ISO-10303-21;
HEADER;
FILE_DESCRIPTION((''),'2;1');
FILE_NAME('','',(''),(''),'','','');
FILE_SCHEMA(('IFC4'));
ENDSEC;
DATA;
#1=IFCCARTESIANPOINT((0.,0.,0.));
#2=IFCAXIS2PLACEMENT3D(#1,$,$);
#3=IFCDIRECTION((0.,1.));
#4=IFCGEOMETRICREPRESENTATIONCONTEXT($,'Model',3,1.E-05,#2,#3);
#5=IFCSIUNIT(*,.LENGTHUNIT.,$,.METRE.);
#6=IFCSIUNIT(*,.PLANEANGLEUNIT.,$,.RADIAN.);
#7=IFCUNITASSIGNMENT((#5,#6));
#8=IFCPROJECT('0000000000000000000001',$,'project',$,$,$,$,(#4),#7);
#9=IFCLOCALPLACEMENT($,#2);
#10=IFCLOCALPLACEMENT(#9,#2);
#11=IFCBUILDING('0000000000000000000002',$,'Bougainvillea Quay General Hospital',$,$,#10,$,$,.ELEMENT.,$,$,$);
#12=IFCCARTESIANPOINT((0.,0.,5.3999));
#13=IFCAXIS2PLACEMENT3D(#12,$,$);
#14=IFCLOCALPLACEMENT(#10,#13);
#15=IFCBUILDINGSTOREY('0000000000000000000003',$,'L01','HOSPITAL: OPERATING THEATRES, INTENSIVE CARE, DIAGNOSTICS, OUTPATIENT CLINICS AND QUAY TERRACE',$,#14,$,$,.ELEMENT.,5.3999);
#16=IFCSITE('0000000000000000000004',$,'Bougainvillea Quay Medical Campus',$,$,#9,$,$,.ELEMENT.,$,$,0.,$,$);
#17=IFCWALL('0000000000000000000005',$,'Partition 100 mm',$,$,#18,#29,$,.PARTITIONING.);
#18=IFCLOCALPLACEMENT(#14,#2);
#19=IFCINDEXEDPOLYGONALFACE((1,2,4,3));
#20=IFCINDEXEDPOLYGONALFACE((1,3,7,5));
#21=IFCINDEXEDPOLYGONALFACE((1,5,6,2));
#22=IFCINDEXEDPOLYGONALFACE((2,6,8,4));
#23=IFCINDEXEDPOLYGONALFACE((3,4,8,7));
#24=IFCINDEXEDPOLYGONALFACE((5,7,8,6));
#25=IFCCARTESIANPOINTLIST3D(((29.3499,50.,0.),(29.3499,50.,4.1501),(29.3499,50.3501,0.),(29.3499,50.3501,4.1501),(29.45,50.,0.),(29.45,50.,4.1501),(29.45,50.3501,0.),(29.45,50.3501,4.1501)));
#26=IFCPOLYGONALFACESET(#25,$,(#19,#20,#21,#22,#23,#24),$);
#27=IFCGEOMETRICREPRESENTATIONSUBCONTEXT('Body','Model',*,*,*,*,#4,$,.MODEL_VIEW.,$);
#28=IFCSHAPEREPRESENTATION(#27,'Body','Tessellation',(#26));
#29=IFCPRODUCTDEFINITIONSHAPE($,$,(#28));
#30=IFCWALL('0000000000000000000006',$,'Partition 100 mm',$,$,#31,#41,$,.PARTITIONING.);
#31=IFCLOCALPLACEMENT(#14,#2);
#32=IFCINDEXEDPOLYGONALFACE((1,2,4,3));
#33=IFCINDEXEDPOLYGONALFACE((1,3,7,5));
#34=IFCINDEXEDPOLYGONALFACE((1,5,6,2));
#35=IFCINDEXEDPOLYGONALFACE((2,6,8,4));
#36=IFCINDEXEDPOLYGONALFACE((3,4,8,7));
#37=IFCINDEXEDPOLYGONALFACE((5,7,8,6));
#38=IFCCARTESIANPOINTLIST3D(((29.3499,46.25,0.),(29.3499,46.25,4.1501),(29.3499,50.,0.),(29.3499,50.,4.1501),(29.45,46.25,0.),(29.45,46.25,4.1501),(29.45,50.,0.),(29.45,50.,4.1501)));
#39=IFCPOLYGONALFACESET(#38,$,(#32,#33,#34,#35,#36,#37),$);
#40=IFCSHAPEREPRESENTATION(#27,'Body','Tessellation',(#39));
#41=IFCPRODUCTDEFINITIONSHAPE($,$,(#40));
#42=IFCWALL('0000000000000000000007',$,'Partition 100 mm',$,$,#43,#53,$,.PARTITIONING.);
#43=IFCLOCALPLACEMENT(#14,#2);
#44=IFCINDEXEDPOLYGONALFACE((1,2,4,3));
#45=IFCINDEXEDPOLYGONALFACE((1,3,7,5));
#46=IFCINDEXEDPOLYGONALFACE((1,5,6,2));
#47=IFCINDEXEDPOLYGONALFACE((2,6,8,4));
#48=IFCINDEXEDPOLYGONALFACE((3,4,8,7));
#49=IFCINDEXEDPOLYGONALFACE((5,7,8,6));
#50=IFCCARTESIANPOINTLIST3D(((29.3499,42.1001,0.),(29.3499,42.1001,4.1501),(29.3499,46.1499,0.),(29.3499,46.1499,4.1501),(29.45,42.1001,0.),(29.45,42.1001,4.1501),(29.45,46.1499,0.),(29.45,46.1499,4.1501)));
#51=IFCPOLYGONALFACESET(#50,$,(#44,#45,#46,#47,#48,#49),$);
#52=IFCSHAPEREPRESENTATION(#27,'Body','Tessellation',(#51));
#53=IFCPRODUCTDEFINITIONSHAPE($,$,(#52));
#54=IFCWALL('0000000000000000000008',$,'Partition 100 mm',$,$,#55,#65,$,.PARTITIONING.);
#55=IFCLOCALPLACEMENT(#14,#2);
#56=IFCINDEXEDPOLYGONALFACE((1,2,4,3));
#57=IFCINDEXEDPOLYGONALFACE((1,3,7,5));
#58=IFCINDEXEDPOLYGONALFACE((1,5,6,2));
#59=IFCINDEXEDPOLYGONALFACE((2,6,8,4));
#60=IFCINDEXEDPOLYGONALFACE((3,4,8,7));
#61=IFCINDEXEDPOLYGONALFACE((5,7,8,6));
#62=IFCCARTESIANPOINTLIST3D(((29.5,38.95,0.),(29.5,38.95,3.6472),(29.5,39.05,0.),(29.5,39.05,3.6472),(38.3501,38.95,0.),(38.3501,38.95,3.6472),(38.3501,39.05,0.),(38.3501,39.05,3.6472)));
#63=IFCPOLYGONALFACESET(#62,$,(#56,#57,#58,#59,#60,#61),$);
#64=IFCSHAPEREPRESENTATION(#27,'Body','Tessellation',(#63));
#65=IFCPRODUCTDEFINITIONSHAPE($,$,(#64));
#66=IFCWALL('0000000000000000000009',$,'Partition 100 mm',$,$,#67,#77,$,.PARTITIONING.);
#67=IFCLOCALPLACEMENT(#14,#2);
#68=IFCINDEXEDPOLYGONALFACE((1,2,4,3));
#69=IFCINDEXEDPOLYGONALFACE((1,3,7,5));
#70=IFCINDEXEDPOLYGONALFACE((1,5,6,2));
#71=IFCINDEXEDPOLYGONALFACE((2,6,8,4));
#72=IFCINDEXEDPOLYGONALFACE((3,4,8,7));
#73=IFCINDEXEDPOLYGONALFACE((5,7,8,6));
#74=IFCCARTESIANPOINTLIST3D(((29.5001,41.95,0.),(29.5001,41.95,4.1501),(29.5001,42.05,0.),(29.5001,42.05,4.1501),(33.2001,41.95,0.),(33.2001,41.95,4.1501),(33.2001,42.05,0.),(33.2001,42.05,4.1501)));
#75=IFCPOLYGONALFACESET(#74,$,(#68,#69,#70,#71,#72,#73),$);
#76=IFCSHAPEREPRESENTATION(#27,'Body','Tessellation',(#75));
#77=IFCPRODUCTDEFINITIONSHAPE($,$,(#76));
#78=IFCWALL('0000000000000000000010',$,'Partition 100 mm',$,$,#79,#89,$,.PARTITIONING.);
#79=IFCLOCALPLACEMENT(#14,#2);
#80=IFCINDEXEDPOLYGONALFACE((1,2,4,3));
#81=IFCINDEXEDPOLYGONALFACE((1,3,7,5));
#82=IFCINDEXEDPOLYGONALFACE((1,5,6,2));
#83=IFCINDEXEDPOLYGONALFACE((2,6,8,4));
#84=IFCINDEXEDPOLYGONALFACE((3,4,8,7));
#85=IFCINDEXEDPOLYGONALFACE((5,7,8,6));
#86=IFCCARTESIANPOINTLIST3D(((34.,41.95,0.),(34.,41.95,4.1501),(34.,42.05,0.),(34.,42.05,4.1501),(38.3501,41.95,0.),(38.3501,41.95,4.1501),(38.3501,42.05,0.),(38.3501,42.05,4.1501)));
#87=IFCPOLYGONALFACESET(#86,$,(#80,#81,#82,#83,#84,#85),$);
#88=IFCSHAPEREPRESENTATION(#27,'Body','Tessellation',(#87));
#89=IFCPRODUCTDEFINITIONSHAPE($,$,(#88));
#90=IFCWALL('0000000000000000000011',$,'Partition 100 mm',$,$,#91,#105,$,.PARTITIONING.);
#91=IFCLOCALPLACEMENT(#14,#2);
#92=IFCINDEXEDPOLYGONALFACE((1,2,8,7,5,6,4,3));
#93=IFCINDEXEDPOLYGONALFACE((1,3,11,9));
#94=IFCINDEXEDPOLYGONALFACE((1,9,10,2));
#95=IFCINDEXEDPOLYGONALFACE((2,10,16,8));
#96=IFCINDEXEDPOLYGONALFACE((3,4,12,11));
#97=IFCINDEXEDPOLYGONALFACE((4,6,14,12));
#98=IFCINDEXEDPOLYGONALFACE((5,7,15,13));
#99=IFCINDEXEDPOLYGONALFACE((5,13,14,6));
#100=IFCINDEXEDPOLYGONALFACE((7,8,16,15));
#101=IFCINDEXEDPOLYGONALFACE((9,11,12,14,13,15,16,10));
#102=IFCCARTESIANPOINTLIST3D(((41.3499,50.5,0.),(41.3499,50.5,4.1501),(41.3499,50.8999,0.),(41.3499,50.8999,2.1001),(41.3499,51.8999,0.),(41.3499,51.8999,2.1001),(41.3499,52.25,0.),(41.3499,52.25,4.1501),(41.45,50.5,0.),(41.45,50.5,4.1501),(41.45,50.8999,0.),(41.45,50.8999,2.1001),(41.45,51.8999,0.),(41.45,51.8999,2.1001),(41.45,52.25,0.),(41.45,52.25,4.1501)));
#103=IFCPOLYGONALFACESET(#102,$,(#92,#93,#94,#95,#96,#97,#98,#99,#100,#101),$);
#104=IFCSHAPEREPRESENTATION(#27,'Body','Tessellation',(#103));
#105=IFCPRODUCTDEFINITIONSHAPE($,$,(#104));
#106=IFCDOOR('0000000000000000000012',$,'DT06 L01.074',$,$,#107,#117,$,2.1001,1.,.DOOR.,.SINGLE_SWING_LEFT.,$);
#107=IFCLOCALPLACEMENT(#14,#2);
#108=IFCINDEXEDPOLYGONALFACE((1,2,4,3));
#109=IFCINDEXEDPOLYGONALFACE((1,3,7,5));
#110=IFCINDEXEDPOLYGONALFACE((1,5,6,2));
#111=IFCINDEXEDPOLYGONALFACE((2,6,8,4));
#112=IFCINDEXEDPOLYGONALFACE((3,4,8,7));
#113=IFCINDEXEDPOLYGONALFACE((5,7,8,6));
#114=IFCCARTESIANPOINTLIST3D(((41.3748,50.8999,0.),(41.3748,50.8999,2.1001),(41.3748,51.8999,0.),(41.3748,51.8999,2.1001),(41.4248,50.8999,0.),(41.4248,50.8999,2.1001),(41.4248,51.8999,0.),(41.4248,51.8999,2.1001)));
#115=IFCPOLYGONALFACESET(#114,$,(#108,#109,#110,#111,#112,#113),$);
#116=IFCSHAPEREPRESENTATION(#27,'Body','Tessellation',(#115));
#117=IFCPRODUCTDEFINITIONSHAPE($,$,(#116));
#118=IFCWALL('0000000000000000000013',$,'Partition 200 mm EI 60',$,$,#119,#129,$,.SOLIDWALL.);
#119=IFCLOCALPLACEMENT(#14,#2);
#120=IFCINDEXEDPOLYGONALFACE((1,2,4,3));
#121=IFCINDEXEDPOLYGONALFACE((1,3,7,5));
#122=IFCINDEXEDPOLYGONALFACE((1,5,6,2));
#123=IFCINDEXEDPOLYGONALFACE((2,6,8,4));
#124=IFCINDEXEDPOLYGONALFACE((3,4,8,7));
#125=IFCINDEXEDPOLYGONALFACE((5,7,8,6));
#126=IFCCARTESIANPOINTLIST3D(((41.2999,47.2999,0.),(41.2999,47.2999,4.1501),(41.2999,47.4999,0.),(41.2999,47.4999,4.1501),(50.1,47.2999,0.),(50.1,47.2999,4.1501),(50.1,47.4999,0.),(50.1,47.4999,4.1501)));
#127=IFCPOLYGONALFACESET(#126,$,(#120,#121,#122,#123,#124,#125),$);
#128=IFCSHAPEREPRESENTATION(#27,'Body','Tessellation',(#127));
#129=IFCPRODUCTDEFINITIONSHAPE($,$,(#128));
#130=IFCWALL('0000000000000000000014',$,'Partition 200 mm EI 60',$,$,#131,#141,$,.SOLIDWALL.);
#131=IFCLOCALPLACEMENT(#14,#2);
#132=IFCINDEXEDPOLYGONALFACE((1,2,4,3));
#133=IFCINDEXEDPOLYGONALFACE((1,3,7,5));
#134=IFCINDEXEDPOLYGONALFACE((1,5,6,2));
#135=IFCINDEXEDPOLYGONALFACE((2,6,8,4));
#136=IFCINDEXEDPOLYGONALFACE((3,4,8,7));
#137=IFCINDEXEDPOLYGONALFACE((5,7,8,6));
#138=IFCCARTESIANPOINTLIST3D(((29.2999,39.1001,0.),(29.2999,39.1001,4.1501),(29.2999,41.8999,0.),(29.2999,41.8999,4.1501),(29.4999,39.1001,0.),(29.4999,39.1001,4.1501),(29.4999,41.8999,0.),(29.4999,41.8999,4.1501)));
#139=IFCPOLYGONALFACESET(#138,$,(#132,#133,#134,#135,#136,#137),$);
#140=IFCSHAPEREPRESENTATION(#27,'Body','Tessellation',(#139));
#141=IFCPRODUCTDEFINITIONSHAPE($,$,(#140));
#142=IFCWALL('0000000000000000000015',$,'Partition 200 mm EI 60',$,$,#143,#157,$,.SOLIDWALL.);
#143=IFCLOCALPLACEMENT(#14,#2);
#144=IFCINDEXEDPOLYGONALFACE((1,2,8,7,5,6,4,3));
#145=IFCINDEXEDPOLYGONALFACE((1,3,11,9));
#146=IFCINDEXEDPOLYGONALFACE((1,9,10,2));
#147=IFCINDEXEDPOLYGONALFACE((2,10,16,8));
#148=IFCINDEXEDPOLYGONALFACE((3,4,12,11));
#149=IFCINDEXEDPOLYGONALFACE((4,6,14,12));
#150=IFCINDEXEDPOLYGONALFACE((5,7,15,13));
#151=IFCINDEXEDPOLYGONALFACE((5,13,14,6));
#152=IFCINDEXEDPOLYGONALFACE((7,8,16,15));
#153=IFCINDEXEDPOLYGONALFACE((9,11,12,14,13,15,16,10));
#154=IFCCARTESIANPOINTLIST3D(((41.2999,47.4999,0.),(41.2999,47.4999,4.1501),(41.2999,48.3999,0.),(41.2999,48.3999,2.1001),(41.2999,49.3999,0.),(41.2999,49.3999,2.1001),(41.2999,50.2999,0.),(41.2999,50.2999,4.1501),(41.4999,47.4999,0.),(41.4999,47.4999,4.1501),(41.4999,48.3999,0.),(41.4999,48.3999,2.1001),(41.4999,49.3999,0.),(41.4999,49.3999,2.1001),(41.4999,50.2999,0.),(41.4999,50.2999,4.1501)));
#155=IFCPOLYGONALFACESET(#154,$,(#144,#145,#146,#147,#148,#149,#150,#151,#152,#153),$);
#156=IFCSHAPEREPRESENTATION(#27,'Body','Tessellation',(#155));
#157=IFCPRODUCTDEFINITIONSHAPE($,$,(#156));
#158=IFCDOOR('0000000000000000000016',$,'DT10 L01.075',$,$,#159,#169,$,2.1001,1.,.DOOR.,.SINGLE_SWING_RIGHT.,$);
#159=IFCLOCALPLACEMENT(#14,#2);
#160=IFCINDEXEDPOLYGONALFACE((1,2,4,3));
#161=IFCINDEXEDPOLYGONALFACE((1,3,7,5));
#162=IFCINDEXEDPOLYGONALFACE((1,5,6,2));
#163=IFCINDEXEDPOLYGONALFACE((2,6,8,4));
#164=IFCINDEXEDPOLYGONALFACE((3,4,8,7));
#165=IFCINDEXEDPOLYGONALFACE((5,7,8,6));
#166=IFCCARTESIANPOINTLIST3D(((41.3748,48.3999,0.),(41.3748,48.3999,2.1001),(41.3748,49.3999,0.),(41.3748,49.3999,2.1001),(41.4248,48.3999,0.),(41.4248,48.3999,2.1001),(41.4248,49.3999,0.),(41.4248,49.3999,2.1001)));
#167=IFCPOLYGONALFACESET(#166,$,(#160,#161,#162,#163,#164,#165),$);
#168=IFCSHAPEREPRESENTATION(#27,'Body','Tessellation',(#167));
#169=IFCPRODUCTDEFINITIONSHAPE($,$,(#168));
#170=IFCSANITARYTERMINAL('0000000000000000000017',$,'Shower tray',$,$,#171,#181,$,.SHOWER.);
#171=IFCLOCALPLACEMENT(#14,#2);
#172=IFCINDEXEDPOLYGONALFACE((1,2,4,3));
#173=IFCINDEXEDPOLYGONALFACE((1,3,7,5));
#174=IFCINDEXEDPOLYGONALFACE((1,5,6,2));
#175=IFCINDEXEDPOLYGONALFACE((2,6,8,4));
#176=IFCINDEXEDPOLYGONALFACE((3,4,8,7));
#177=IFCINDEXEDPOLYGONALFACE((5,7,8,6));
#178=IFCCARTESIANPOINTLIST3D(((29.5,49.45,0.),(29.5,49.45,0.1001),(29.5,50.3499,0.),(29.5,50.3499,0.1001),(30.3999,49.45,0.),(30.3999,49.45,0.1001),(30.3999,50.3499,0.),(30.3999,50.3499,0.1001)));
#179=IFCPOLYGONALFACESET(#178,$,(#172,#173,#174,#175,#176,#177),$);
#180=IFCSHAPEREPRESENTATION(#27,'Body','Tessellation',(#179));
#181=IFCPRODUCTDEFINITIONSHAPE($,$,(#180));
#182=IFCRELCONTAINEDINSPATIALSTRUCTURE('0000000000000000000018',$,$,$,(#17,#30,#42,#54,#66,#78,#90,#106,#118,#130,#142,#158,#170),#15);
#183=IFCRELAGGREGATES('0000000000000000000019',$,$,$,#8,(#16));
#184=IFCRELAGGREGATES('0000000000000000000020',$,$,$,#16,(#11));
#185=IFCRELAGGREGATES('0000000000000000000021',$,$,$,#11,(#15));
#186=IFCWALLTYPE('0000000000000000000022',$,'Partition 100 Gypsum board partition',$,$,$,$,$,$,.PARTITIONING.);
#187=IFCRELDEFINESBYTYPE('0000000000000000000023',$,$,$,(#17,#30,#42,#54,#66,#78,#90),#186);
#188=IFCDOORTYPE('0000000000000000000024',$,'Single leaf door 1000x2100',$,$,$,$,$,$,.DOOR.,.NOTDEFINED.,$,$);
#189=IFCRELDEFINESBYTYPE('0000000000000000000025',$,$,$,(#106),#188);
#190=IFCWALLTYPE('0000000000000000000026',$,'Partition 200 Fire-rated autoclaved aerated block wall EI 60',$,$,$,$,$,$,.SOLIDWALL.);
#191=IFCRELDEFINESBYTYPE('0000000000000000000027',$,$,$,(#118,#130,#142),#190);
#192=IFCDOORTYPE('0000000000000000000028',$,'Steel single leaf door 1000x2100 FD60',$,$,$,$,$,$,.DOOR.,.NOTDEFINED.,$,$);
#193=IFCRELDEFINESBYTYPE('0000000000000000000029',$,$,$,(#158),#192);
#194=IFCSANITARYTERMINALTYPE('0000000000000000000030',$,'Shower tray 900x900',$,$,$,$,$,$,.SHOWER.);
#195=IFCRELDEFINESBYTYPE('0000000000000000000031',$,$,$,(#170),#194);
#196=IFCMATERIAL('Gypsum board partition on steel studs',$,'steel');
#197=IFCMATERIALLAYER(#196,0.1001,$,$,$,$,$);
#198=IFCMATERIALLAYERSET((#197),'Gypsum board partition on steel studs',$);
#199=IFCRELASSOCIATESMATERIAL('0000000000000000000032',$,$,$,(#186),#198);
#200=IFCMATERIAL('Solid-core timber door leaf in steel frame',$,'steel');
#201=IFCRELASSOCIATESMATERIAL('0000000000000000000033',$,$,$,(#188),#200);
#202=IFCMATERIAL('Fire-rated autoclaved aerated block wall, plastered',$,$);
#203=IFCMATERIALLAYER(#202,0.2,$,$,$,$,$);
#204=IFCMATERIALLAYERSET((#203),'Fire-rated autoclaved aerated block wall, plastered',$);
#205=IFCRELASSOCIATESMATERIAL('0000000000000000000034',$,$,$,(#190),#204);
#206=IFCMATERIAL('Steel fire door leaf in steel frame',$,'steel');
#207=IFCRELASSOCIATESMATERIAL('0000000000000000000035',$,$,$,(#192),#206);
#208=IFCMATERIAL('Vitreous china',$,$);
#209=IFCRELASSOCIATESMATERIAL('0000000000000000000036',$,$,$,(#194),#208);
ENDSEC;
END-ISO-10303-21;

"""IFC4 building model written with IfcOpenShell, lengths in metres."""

from ifc_helpers import new_model, si_unit, direction, frame, frame_2d, origin, origin_2d, place, context, subcontext, project, spatial, rectangle, extrude, material, layer, layer_set, type_object, element, fill, save


model = new_model("IFC4")

# Units and contexts
model_context = context("Model", 3, precision=1e-05, world=origin(), true_north=direction((0.0, 1.0)))
body_context = subcontext(model_context, "Body", "Model", "MODEL_VIEW")
ifc_project = project(units=[si_unit("LENGTHUNIT", "METRE"), si_unit("PLANEANGLEUNIT", "RADIAN")], contexts=[model_context])

# Site, building, storey
site_placement = place(None, origin())
site = spatial("IfcSite", under=ifc_project, at=site_placement, Name="Bougainvillea Quay Medical Campus", CompositionType="ELEMENT", RefElevation=0.0)
building_placement = place(site_placement, origin())
building = spatial("IfcBuilding", under=site, at=building_placement, Name="Bougainvillea Quay General Hospital", CompositionType="ELEMENT")
storey_placement = place(building_placement, frame((0.0, 0.0, 5.3999)))
storey = spatial("IfcBuildingStorey", under=building, at=storey_placement, Name="L01", Description="HOSPITAL: OPERATING THEATRES, INTENSIVE CARE, DIAGNOSTICS, OUTPATIENT CLINICS AND QUAY TERRACE", CompositionType="ELEMENT", Elevation=5.3999)

# Shared definitions
ifc_material_1 = material(Name="Gypsum board partition on steel studs", Category="steel")
ifc_layer_1 = layer(ifc_material_1, 0.1001)
ifc_layer_set_1 = layer_set([ifc_layer_1], Name="Gypsum board partition on steel studs")
wall_type_1 = type_object("IfcWallType", Name="Partition 100 Gypsum board partition", PredefinedType="PARTITIONING", material=ifc_layer_set_1)

# Shared definitions
ifc_material_2 = material(Name="Solid-core timber door leaf in steel frame", Category="steel")

# Walls
wall_1_placement = place(storey_placement, frame((29.3999, 50.3501, 0.0), z_axis=(0.0, 0.0, 1.0), x_axis=(0.0, -1.0, 0.0)))
element("IfcWall", 1, at=wall_1_placement, inside=storey, type_object=wall_type_1, Name="Partition 100 mm", PredefinedType="PARTITIONING", context=body_context, shape_type="SweptSolid", body=[
    extrude(rectangle(XDim=0.3501, YDim=0.1001, at=frame_2d((0.175, 0.0))), origin(), (0.0, 0.0, 1.0), 4.1501),
])
wall_2_placement = place(storey_placement, frame((29.3999, 50.0, 0.0), z_axis=(0.0, 0.0, 1.0), x_axis=(0.0, -1.0, 0.0)))
element("IfcWall", 2, at=wall_2_placement, inside=storey, type_object=wall_type_1, Name="Partition 100 mm", PredefinedType="PARTITIONING", context=body_context, shape_type="SweptSolid", body=[
    extrude(rectangle(XDim=3.75, YDim=0.1001, at=frame_2d((1.875, 0.0))), origin(), (0.0, 0.0, 1.0), 4.1501),
])
wall_3_placement = place(storey_placement, frame((29.3999, 46.1499, 0.0), z_axis=(0.0, 0.0, 1.0), x_axis=(0.0, -1.0, 0.0)))
element("IfcWall", 3, at=wall_3_placement, inside=storey, type_object=wall_type_1, Name="Partition 100 mm", PredefinedType="PARTITIONING", context=body_context, shape_type="SweptSolid", body=[
    extrude(rectangle(XDim=4.0498, YDim=0.1001, at=frame_2d((2.0249, 0.0))), origin(), (0.0, 0.0, 1.0), 4.1501),
])
wall_4_placement = place(storey_placement, frame((29.5, 39.0, 0.0), z_axis=(0.0, 0.0, 1.0), x_axis=(1.0, 0.0, 0.0)))
element("IfcWall", 4, at=wall_4_placement, inside=storey, type_object=wall_type_1, Name="Partition 100 mm", PredefinedType="PARTITIONING", context=body_context, shape_type="SweptSolid", body=[
    extrude(rectangle(XDim=8.8501, YDim=0.1001, at=frame_2d((4.425, 0.0))), origin(), (0.0, 0.0, 1.0), 3.6472),
])
wall_5_placement = place(storey_placement, frame((29.5, 42.0, 0.0), z_axis=(0.0, 0.0, 1.0), x_axis=(1.0, 0.0, 0.0)))
element("IfcWall", 5, at=wall_5_placement, inside=storey, type_object=wall_type_1, Name="Partition 100 mm", PredefinedType="PARTITIONING", context=body_context, shape_type="SweptSolid", body=[
    extrude(rectangle(XDim=3.7, YDim=0.1001, at=frame_2d((1.8501, 0.0))), origin(), (0.0, 0.0, 1.0), 4.1501),
])
wall_6_placement = place(storey_placement, frame((34.0, 42.0, 0.0), z_axis=(0.0, 0.0, 1.0), x_axis=(1.0, 0.0, 0.0)))
element("IfcWall", 6, at=wall_6_placement, inside=storey, type_object=wall_type_1, Name="Partition 100 mm", PredefinedType="PARTITIONING", context=body_context, shape_type="SweptSolid", body=[
    extrude(rectangle(XDim=4.3501, YDim=0.1001, at=frame_2d((2.175, 0.0))), origin(), (0.0, 0.0, 1.0), 4.1501),
])

# Wall, opening, door
wall_7_placement = place(storey_placement, frame((41.3999, 50.5, 0.0), z_axis=(0.0, 0.0, 1.0), x_axis=(0.0, 1.0, 0.0)))
wall_7 = element("IfcWall", 7, at=wall_7_placement, inside=storey, type_object=wall_type_1, Name="Partition 100 mm", PredefinedType="PARTITIONING", context=body_context, shape_type="SweptSolid", body=[
    extrude(rectangle(XDim=1.75, YDim=0.1001, at=frame_2d((0.875, 0.0))), origin(), (0.0, 0.0, 1.0), 4.1501),
])
opening_1_placement = place(wall_7_placement, frame((0.3999, 0.0, 0.0)))
opening_1 = element("IfcOpeningElement", 8, at=opening_1_placement, cuts=wall_7, PredefinedType="OPENING", context=body_context, shape_type="SweptSolid", body=[
    extrude(rectangle(XDim=1.0, YDim=2.1001, at=frame_2d((0.5, 1.05))), frame((0.0, 0.0601, 0.0), z_axis=(0.0, -1.0, 0.0), x_axis=(1.0, 0.0, 0.0)), (0.0, 0.0, 1.0), 0.1201),
])
door_type_1 = type_object("IfcDoorType", Name="Single leaf door 1000x2100", OperationType="NOTDEFINED", PredefinedType="DOOR", material=ifc_material_2)
door_1_placement = place(opening_1_placement, frame((1.0, 0.0, 0.0), z_axis=(0.0, 0.0, 1.0), x_axis=(-1.0, 0.0, 0.0)))
door_1 = element("IfcDoor", 9, at=door_1_placement, inside=storey, type_object=door_type_1, Name="DT06 L01.074", OperationType="SINGLE_SWING_LEFT", OverallHeight=2.1001, OverallWidth=1.0, PredefinedType="DOOR", context=body_context, shape_type="SweptSolid", body=[
    extrude(rectangle(XDim=1.0, YDim=2.1001, at=frame_2d((0.5, 1.05))), frame((0.0, 0.0249, 0.0), z_axis=(0.0, -1.0, 0.0), x_axis=(1.0, 0.0, 0.0)), (0.0, 0.0, 1.0), 0.05),
])
fill(opening_1, door_1)

# Walls
ifc_material_3 = material(Name="Fire-rated autoclaved aerated block wall, plastered")
ifc_layer_2 = layer(ifc_material_3, 0.2)
ifc_layer_set_2 = layer_set([ifc_layer_2], Name="Fire-rated autoclaved aerated block wall, plastered")
wall_type_2 = type_object("IfcWallType", Name="Partition 200 Fire-rated autoclaved aerated block wall EI 60", PredefinedType="SOLIDWALL", material=ifc_layer_set_2)
wall_8_placement = place(storey_placement, frame((41.3, 47.3999, 0.0), z_axis=(0.0, 0.0, 1.0), x_axis=(1.0, 0.0, 0.0)))
element("IfcWall", 10, at=wall_8_placement, inside=storey, type_object=wall_type_2, Name="Partition 200 mm EI 60", PredefinedType="SOLIDWALL", context=body_context, shape_type="SweptSolid", body=[
    extrude(rectangle(XDim=8.8, YDim=0.2, at=frame_2d((4.3999, 0.0))), origin(), (0.0, 0.0, 1.0), 4.1501),
])
wall_9_placement = place(storey_placement, frame((29.3999, 39.1001, 0.0), z_axis=(0.0, 0.0, 1.0), x_axis=(0.0, 1.0, 0.0)))
element("IfcWall", 11, at=wall_9_placement, inside=storey, type_object=wall_type_2, Name="Partition 200 mm EI 60", PredefinedType="SOLIDWALL", context=body_context, shape_type="SweptSolid", body=[
    extrude(rectangle(XDim=2.7998, YDim=0.2, at=frame_2d((1.3999, 0.0))), origin(), (0.0, 0.0, 1.0), 4.1501),
])

# Wall, opening, door
wall_10_placement = place(storey_placement, frame((41.3999, 47.5, 0.0), z_axis=(0.0, 0.0, 1.0), x_axis=(0.0, 1.0, 0.0)))
wall_10 = element("IfcWall", 12, at=wall_10_placement, inside=storey, type_object=wall_type_2, Name="Partition 200 mm EI 60", PredefinedType="SOLIDWALL", context=body_context, shape_type="SweptSolid", body=[
    extrude(rectangle(XDim=2.8, YDim=0.2, at=frame_2d((1.3999, 0.0))), origin(), (0.0, 0.0, 1.0), 4.1501),
])
opening_2_placement = place(wall_10_placement, frame((0.8999, 0.0, 0.0)))
opening_2 = element("IfcOpeningElement", 13, at=opening_2_placement, cuts=wall_10, PredefinedType="OPENING", context=body_context, shape_type="SweptSolid", body=[
    extrude(rectangle(XDim=1.0, YDim=2.1001, at=frame_2d((0.5, 1.05))), frame((0.0, 0.1099, 0.0), z_axis=(0.0, -1.0, 0.0), x_axis=(1.0, 0.0, 0.0)), (0.0, 0.0, 1.0), 0.22),
])
ifc_material_4 = material(Name="Steel fire door leaf in steel frame", Category="steel")
door_type_2 = type_object("IfcDoorType", Name="Steel single leaf door 1000x2100 FD60", OperationType="NOTDEFINED", PredefinedType="DOOR", material=ifc_material_4)
door_2_placement = place(opening_2_placement, frame((1.0, 0.0, 0.0), z_axis=(0.0, 0.0, 1.0), x_axis=(-1.0, 0.0, 0.0)))
door_2 = element("IfcDoor", 14, at=door_2_placement, inside=storey, type_object=door_type_2, Name="DT10 L01.075", OperationType="SINGLE_SWING_RIGHT", OverallHeight=2.1001, OverallWidth=1.0, PredefinedType="DOOR", context=body_context, shape_type="SweptSolid", body=[
    extrude(rectangle(XDim=1.0, YDim=2.1001, at=frame_2d((0.5, 1.05))), frame((0.0, 0.0249, 0.0), z_axis=(0.0, -1.0, 0.0), x_axis=(1.0, 0.0, 0.0)), (0.0, 0.0, 1.0), 0.05),
])
fill(opening_2, door_2)

# Sanitary terminal
ifc_material_5 = material(Name="Vitreous china")
sanitary_terminal_type = type_object("IfcSanitaryTerminalType", Name="Shower tray 900x900", PredefinedType="SHOWER", material=ifc_material_5)
sanitary_terminal_placement = place(storey_placement, frame((29.95, 49.8999, 0.0), z_axis=(0.0, 0.0, 1.0), x_axis=(1.0, 0.0, 0.0)))
element("IfcSanitaryTerminal", 15, at=sanitary_terminal_placement, inside=storey, type_object=sanitary_terminal_type, Name="Shower tray", PredefinedType="SHOWER", context=body_context, shape_type="SweptSolid", body=[
    extrude(rectangle(XDim=0.8999, YDim=0.8999, at=origin_2d()), origin(), (0.0, 0.0, 1.0), 0.1001),
])

save(model, "model.ifc")
